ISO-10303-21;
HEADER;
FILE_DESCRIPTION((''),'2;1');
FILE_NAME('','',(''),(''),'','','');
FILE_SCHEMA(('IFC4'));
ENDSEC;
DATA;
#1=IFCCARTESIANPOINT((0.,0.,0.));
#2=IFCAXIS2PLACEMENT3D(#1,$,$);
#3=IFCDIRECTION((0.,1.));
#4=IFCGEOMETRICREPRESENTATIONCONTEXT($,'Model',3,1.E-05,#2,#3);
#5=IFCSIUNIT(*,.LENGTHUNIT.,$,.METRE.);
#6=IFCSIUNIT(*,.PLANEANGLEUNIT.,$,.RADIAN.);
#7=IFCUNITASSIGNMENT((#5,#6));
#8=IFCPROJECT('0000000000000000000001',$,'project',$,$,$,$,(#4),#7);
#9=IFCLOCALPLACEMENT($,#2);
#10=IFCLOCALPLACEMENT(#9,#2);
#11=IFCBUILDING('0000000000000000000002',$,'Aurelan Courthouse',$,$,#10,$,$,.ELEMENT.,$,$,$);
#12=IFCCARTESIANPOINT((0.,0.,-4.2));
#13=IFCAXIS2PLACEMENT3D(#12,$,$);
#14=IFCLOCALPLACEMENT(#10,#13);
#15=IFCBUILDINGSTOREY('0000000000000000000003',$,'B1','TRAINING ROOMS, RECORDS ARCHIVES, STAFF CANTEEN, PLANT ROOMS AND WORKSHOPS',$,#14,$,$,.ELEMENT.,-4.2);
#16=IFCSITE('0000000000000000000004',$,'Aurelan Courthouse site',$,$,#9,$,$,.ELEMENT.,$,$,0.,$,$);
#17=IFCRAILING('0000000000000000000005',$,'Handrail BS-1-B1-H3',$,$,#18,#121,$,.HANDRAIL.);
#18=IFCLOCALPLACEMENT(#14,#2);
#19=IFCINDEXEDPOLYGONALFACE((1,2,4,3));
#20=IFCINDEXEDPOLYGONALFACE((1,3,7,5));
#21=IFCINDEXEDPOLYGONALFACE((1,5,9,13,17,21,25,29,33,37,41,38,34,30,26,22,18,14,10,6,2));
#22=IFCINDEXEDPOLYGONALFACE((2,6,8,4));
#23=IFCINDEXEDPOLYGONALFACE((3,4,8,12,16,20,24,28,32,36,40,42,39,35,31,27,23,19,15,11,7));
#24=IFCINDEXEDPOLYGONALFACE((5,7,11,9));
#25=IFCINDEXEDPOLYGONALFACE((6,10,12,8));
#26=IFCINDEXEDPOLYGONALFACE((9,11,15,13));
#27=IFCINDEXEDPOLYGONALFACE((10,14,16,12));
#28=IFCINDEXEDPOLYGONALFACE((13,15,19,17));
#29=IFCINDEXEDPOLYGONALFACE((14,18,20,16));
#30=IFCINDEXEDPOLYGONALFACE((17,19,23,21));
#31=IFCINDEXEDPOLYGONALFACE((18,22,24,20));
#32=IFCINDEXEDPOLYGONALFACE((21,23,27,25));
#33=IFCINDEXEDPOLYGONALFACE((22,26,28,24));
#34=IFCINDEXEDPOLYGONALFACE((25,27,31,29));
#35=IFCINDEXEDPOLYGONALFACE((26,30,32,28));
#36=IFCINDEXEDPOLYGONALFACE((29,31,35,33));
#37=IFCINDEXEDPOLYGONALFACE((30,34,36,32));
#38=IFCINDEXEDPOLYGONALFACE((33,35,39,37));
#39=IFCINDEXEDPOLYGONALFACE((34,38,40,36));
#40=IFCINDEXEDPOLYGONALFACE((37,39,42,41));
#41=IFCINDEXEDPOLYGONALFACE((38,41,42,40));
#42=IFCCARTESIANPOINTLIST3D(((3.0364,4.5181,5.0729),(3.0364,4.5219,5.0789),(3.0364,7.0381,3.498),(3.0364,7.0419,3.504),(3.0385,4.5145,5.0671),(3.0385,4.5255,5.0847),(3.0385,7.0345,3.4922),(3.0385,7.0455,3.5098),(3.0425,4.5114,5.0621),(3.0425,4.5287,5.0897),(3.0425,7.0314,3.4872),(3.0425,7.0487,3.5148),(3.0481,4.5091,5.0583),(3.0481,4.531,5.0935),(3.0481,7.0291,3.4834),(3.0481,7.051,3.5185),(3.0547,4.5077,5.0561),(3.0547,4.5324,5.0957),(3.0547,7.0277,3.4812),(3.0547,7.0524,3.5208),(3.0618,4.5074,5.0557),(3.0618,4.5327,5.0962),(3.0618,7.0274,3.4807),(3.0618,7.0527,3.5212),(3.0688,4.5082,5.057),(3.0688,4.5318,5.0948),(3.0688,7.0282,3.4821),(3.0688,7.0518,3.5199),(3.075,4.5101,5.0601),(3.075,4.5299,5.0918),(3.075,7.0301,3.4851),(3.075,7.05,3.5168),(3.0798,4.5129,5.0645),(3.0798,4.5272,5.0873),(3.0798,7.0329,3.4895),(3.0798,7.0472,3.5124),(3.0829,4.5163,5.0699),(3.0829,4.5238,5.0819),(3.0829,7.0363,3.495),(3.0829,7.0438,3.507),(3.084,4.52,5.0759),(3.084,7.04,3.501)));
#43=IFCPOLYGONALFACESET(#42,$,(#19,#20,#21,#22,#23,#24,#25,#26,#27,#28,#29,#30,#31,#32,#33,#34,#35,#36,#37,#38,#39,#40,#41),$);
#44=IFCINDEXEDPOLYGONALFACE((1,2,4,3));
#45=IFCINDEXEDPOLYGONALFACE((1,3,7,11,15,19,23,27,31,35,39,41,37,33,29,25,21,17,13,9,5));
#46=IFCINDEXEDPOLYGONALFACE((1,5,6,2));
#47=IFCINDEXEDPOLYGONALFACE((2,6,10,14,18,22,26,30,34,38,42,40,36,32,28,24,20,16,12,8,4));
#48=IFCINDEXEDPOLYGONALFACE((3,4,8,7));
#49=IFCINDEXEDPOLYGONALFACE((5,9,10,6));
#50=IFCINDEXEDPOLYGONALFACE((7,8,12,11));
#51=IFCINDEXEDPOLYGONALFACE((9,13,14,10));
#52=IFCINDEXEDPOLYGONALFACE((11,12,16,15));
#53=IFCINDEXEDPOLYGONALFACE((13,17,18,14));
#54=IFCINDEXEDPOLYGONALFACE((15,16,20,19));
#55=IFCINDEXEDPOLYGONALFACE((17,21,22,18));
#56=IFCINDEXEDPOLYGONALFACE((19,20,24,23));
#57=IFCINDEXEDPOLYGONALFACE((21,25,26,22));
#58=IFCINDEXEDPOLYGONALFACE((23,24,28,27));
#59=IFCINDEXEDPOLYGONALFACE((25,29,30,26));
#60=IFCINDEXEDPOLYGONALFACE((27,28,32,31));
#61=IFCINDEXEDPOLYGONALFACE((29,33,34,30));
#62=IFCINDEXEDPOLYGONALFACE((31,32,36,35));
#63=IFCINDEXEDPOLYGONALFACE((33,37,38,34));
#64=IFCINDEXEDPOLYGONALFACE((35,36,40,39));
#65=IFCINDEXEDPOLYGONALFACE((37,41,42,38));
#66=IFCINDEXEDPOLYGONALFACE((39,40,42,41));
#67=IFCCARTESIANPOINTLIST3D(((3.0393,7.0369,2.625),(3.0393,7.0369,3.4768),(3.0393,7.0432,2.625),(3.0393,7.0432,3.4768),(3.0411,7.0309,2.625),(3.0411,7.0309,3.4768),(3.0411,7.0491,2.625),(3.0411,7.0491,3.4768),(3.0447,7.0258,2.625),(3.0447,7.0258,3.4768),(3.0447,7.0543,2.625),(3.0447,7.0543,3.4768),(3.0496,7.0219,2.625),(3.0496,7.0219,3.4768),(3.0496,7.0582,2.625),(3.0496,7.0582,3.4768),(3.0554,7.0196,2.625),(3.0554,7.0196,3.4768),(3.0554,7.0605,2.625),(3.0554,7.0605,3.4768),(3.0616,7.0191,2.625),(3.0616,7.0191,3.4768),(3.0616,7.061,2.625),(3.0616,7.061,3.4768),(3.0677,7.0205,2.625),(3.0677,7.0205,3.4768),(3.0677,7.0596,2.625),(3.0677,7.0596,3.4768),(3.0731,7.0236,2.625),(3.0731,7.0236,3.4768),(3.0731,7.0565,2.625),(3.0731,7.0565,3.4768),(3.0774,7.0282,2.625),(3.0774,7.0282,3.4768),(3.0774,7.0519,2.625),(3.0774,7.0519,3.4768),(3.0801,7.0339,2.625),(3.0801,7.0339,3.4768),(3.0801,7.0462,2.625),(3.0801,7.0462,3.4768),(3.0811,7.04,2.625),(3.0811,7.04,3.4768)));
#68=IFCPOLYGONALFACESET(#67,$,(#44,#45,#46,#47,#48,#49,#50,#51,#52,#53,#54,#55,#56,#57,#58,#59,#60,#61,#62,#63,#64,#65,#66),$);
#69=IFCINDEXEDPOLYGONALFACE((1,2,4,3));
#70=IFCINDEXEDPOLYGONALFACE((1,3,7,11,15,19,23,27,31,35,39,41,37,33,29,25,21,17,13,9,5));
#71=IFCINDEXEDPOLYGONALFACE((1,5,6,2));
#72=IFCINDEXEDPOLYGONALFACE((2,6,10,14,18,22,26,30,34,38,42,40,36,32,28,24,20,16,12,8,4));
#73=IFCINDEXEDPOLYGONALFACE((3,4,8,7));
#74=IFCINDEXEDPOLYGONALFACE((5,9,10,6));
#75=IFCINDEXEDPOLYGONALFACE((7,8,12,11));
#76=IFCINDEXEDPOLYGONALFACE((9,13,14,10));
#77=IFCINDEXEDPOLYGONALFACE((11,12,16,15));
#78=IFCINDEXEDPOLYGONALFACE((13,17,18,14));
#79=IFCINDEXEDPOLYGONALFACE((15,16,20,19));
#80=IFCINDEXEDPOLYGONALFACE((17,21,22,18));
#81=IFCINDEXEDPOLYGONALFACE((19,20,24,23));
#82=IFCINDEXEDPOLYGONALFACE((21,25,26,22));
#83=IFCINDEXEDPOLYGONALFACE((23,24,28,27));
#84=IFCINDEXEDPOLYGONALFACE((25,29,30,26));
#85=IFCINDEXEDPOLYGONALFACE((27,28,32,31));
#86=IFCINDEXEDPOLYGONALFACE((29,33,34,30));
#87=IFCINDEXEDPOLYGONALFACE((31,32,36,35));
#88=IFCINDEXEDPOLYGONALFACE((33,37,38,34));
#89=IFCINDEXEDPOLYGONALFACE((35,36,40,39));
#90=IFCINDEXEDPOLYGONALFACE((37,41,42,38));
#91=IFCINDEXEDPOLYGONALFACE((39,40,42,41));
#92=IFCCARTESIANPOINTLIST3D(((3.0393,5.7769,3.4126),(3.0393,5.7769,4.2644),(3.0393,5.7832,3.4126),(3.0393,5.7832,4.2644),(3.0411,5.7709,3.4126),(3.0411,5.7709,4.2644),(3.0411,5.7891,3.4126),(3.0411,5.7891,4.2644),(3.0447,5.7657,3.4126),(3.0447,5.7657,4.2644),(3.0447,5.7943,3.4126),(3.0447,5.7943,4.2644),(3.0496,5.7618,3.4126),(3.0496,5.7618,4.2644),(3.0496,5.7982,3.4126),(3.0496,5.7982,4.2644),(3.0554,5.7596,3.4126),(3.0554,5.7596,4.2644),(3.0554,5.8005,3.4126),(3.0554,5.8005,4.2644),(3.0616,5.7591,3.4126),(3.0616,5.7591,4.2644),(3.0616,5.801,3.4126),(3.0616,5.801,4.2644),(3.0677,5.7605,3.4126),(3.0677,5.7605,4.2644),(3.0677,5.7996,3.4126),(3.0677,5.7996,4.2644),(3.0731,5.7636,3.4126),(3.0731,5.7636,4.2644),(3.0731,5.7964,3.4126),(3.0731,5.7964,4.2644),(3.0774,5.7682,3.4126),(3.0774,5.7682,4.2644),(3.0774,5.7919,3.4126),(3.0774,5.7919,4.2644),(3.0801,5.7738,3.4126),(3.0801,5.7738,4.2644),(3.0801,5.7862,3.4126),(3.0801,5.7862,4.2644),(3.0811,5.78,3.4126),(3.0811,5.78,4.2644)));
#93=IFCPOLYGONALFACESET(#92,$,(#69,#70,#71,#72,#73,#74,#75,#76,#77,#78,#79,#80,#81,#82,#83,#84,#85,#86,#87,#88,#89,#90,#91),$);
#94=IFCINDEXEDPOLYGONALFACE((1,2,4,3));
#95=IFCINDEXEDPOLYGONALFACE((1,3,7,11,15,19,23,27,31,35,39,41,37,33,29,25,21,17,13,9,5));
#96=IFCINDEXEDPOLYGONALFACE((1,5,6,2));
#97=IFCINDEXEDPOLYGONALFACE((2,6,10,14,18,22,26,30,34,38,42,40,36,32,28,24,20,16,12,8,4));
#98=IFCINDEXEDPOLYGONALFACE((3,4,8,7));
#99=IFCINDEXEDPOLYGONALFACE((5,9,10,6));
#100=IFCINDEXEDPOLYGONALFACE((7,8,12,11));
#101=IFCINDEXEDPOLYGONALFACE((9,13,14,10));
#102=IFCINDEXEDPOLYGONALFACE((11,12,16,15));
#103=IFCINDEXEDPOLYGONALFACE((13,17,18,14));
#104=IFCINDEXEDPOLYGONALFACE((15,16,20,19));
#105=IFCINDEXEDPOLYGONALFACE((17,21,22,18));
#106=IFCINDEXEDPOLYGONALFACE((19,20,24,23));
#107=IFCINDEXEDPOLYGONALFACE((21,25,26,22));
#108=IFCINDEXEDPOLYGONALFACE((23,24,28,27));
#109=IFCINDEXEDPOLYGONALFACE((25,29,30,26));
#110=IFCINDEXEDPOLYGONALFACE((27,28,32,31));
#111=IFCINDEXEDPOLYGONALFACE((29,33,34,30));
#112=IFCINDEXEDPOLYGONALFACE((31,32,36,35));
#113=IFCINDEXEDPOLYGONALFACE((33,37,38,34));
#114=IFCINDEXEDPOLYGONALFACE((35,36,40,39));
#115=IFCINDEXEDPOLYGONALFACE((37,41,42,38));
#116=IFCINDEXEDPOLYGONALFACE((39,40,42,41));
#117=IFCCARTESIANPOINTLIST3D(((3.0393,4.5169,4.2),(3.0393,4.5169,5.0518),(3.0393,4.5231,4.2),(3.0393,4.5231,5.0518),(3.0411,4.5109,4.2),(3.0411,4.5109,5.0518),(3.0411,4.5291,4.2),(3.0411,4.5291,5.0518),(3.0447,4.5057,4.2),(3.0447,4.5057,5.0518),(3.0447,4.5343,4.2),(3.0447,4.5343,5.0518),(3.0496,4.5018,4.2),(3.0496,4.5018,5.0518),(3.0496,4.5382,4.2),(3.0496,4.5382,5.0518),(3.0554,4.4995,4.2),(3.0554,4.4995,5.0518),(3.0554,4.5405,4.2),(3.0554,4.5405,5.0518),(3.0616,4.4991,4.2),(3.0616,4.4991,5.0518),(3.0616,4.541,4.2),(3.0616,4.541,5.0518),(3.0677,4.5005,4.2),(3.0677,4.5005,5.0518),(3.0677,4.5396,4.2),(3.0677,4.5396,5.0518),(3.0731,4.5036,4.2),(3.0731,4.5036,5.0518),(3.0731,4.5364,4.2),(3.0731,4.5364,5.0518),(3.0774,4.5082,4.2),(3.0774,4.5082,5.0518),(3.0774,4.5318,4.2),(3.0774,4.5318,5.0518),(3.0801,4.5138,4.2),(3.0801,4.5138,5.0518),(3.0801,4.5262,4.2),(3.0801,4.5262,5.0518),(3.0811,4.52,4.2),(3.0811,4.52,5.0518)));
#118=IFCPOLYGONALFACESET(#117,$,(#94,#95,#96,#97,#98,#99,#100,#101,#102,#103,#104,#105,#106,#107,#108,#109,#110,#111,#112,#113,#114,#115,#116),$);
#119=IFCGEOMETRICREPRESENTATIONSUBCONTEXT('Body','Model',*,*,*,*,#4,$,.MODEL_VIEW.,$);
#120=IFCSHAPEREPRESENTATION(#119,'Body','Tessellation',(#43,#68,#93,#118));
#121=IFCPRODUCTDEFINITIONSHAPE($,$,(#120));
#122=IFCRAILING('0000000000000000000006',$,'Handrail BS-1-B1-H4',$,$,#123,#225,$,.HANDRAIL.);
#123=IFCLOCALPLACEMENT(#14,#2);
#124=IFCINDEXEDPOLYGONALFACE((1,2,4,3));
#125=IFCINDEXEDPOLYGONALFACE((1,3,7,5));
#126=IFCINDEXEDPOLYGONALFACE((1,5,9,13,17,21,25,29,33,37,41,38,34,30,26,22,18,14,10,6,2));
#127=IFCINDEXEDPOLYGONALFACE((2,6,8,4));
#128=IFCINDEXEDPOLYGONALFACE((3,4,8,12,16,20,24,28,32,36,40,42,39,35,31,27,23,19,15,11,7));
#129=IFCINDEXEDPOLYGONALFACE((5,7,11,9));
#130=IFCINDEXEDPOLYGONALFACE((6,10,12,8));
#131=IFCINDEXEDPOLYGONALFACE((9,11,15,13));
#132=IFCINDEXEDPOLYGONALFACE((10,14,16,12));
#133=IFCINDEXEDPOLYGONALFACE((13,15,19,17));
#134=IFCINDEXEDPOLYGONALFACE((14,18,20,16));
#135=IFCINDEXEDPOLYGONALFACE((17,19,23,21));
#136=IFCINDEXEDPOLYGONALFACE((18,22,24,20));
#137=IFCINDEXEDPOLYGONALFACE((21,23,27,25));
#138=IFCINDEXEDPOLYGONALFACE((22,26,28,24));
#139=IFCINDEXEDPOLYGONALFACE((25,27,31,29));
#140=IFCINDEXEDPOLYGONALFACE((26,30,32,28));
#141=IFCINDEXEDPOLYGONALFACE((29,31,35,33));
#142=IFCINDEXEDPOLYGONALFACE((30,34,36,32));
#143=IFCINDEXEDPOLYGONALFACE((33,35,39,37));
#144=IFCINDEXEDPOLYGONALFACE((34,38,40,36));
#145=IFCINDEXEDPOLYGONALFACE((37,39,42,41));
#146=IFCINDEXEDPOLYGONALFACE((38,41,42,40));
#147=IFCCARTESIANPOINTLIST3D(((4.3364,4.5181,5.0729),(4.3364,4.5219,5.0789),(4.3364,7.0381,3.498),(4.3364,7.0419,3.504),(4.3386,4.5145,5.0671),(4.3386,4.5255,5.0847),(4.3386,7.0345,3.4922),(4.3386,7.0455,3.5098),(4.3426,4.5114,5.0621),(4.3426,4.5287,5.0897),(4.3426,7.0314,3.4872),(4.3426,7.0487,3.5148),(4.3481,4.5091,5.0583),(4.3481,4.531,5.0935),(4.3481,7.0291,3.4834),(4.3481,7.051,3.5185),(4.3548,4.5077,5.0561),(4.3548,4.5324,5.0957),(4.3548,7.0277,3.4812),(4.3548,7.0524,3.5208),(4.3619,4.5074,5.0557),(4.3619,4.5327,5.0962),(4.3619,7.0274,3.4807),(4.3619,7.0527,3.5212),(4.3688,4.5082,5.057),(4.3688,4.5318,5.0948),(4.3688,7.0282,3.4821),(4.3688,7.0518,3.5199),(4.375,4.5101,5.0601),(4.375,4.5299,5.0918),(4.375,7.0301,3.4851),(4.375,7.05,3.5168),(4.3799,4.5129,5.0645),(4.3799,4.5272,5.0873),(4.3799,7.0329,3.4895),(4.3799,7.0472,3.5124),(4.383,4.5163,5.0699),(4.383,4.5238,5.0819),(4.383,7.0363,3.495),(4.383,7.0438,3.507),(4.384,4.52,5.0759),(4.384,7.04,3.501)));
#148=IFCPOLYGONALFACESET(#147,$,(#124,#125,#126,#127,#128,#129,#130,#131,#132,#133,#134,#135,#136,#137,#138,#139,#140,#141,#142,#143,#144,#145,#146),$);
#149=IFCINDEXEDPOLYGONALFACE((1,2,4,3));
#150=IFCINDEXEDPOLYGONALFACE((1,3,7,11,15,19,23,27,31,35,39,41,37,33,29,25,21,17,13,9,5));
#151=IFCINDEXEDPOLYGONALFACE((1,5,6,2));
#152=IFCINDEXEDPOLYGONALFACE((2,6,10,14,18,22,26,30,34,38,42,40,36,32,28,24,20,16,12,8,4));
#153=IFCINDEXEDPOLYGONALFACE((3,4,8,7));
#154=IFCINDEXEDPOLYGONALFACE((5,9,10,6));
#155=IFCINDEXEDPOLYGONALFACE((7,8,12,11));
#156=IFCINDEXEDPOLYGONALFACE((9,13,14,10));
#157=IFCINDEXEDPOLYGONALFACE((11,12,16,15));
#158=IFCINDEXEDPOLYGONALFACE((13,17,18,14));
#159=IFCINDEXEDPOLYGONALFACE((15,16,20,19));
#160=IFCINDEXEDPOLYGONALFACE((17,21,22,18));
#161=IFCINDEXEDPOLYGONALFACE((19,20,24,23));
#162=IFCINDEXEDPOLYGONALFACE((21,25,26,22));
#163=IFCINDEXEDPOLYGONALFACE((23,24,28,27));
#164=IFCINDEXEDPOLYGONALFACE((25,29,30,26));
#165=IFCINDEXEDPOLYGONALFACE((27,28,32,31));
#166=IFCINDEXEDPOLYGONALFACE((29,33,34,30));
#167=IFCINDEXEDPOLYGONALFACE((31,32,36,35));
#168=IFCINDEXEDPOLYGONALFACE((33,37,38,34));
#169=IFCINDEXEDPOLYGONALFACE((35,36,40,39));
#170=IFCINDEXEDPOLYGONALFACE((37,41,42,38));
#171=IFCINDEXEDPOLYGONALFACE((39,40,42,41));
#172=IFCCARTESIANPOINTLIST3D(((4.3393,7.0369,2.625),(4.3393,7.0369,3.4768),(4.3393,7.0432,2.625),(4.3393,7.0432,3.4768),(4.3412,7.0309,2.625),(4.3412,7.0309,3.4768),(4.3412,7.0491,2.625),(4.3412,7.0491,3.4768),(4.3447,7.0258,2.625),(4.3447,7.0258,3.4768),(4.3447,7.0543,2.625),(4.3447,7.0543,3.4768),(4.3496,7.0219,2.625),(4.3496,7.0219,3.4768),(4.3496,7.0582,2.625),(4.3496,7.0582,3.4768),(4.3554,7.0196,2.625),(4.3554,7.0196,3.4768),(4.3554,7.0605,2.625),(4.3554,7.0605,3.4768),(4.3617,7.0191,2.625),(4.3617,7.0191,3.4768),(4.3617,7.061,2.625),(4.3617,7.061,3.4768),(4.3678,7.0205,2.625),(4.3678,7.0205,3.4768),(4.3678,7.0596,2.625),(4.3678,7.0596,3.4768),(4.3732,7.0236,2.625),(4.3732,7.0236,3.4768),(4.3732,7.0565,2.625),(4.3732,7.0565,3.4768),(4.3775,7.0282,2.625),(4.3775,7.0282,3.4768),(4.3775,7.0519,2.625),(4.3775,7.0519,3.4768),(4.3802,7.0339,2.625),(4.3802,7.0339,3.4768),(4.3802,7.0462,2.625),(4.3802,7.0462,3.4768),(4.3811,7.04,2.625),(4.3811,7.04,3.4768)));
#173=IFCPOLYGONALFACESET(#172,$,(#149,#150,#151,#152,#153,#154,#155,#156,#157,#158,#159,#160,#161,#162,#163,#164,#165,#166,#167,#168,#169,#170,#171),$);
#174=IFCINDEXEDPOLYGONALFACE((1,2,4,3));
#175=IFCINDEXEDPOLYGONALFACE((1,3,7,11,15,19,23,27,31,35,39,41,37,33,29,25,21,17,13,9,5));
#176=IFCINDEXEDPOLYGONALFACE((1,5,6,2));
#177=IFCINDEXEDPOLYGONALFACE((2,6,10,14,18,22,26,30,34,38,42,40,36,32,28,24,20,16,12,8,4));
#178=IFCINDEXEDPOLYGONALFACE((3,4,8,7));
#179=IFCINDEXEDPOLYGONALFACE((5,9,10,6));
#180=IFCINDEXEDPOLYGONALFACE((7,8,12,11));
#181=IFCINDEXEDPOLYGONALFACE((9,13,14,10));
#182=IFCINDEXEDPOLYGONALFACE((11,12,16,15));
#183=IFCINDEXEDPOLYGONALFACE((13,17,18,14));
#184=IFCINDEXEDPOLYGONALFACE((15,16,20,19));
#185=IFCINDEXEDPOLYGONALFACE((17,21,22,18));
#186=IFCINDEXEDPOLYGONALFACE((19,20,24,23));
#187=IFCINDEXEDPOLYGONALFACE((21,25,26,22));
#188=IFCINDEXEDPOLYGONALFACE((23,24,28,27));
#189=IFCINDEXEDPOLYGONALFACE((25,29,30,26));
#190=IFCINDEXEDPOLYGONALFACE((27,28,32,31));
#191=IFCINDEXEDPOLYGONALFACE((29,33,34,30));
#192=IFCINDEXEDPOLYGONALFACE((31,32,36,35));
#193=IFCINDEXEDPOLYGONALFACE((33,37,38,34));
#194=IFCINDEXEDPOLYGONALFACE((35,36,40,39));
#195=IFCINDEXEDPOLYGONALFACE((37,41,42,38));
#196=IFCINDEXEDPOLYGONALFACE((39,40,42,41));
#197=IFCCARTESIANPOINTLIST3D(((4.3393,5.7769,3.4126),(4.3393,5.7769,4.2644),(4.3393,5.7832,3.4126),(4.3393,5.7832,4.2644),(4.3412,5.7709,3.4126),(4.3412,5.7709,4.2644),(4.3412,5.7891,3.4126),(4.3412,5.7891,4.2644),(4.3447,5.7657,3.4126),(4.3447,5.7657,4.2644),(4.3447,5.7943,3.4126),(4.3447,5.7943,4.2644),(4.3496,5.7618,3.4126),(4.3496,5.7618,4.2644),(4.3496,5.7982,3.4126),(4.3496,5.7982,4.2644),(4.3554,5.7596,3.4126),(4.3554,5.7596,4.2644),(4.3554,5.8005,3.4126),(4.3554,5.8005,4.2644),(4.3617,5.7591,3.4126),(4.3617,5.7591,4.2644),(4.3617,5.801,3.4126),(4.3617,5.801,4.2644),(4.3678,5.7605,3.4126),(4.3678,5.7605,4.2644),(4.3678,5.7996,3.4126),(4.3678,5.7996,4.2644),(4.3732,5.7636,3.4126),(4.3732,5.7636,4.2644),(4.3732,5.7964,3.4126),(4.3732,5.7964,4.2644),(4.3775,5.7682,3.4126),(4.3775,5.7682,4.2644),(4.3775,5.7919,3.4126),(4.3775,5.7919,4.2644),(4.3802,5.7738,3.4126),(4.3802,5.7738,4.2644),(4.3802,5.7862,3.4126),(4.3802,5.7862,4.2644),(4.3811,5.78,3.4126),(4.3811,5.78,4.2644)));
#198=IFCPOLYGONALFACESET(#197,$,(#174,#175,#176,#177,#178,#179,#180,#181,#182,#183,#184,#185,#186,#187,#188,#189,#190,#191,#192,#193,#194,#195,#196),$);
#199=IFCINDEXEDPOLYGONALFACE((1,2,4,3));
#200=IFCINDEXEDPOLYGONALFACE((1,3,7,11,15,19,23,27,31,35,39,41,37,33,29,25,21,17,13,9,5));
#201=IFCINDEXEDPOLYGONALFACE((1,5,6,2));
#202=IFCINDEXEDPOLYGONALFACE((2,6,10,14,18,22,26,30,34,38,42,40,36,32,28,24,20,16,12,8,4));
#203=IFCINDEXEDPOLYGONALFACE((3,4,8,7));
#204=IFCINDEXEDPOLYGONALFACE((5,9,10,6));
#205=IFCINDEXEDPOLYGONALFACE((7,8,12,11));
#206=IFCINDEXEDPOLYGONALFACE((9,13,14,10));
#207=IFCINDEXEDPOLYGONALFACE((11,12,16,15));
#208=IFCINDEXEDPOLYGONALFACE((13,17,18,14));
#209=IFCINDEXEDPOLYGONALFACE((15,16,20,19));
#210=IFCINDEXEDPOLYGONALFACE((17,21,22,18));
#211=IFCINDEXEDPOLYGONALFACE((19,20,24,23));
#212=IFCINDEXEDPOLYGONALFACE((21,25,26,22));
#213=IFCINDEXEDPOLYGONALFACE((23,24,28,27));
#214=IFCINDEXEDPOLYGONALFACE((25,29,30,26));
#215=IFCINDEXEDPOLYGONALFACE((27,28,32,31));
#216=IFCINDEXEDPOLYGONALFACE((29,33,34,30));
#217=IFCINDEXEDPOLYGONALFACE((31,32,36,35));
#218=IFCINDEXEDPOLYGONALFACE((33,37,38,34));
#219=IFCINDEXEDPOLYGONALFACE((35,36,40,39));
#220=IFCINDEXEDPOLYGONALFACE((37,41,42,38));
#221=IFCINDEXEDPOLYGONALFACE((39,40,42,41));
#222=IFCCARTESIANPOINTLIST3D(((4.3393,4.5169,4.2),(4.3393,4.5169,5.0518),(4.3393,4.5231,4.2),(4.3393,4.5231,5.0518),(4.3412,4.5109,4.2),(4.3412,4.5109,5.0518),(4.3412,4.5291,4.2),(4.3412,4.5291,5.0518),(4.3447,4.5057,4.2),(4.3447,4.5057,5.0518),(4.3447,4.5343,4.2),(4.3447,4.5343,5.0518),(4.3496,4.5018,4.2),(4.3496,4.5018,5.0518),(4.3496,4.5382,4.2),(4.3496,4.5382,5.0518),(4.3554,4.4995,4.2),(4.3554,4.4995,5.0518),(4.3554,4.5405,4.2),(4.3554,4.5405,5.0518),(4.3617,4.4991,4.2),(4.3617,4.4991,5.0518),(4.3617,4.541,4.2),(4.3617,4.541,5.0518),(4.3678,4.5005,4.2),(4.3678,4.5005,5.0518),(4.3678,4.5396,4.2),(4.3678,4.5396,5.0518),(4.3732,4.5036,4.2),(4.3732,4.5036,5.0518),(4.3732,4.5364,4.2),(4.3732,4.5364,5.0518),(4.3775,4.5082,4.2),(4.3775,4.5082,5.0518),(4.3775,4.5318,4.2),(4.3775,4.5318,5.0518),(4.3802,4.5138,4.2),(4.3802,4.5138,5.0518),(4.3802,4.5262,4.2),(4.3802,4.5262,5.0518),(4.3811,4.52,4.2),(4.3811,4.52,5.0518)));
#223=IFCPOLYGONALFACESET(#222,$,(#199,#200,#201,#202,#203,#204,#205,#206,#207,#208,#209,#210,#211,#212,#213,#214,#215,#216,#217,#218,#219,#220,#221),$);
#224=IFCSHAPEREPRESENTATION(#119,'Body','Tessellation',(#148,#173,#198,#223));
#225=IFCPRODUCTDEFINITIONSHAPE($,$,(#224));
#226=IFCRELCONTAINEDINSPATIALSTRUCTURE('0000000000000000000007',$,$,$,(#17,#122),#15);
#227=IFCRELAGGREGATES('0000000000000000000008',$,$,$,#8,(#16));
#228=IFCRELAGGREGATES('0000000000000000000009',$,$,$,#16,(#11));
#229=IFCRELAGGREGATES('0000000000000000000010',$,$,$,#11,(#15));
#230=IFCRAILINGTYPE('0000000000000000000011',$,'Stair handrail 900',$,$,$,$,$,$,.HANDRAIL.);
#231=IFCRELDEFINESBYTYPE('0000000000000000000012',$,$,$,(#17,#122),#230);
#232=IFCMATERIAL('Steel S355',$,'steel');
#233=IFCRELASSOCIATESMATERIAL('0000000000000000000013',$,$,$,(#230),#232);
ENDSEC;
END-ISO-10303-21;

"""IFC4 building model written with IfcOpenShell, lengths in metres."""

from ifc_helpers import new_model, si_unit, direction, frame, origin, origin_2d, place, context, subcontext, project, spatial, circle, extrude, material, type_object, element, save


model = new_model("IFC4")

# Units and contexts
model_context = context("Model", 3, precision=1e-05, world=origin(), true_north=direction((0.0, 1.0)))
body_context = subcontext(model_context, "Body", "Model", "MODEL_VIEW")
ifc_project = project(units=[si_unit("LENGTHUNIT", "METRE"), si_unit("PLANEANGLEUNIT", "RADIAN")], contexts=[model_context])

# Site, building, storey
site_placement = place(None, origin())
site = spatial("IfcSite", under=ifc_project, at=site_placement, Name="Aurelan Courthouse site", CompositionType="ELEMENT", RefElevation=0.0)
building_placement = place(site_placement, origin())
building = spatial("IfcBuilding", under=site, at=building_placement, Name="Aurelan Courthouse", CompositionType="ELEMENT")
storey_placement = place(building_placement, frame((0.0, 0.0, -4.2)))
storey = spatial("IfcBuildingStorey", under=building, at=storey_placement, Name="B1", Description="TRAINING ROOMS, RECORDS ARCHIVES, STAFF CANTEEN, PLANT ROOMS AND WORKSHOPS", CompositionType="ELEMENT", Elevation=-4.2)

# Railings
ifc_material_1 = material(Name="Steel S355", Category="steel")
railing_type_1 = type_object("IfcRailingType", Name="Stair handrail 900", PredefinedType="HANDRAIL", material=ifc_material_1)
for number, where, name in (
    (1, (3.0601, 7.04, 2.625), "Handrail BS-1-B1-H3"),
    (2, (4.3601, 7.04, 2.625), "Handrail BS-1-B1-H4"),
):
    element("IfcRailing", number, at=place(storey_placement, frame(where)), inside=storey, type_object=railing_type_1, Name=name, PredefinedType="HANDRAIL", context=body_context, shape_type="SweptSolid", body=[
        extrude(circle(Radius=0.0239, at=origin_2d()), frame((0.0, 0.0, 0.876), z_axis=(0.0, -0.848008, 0.529984), x_axis=(1.0, 0.0, 0.0)), (0.0, 0.0, 1.0), 2.9717),
        extrude(circle(Radius=0.021, at=origin_2d()), origin(), (0.0, 0.0, 1.0), 0.8518),
        extrude(circle(Radius=0.021, at=origin_2d()), frame((0.0, -1.26, 0.7876)), (0.0, 0.0, 1.0), 0.8518),
        extrude(circle(Radius=0.021, at=origin_2d()), frame((0.0, -2.52, 1.575)), (0.0, 0.0, 1.0), 0.8518),
    ])

save(model, "model.ifc")
